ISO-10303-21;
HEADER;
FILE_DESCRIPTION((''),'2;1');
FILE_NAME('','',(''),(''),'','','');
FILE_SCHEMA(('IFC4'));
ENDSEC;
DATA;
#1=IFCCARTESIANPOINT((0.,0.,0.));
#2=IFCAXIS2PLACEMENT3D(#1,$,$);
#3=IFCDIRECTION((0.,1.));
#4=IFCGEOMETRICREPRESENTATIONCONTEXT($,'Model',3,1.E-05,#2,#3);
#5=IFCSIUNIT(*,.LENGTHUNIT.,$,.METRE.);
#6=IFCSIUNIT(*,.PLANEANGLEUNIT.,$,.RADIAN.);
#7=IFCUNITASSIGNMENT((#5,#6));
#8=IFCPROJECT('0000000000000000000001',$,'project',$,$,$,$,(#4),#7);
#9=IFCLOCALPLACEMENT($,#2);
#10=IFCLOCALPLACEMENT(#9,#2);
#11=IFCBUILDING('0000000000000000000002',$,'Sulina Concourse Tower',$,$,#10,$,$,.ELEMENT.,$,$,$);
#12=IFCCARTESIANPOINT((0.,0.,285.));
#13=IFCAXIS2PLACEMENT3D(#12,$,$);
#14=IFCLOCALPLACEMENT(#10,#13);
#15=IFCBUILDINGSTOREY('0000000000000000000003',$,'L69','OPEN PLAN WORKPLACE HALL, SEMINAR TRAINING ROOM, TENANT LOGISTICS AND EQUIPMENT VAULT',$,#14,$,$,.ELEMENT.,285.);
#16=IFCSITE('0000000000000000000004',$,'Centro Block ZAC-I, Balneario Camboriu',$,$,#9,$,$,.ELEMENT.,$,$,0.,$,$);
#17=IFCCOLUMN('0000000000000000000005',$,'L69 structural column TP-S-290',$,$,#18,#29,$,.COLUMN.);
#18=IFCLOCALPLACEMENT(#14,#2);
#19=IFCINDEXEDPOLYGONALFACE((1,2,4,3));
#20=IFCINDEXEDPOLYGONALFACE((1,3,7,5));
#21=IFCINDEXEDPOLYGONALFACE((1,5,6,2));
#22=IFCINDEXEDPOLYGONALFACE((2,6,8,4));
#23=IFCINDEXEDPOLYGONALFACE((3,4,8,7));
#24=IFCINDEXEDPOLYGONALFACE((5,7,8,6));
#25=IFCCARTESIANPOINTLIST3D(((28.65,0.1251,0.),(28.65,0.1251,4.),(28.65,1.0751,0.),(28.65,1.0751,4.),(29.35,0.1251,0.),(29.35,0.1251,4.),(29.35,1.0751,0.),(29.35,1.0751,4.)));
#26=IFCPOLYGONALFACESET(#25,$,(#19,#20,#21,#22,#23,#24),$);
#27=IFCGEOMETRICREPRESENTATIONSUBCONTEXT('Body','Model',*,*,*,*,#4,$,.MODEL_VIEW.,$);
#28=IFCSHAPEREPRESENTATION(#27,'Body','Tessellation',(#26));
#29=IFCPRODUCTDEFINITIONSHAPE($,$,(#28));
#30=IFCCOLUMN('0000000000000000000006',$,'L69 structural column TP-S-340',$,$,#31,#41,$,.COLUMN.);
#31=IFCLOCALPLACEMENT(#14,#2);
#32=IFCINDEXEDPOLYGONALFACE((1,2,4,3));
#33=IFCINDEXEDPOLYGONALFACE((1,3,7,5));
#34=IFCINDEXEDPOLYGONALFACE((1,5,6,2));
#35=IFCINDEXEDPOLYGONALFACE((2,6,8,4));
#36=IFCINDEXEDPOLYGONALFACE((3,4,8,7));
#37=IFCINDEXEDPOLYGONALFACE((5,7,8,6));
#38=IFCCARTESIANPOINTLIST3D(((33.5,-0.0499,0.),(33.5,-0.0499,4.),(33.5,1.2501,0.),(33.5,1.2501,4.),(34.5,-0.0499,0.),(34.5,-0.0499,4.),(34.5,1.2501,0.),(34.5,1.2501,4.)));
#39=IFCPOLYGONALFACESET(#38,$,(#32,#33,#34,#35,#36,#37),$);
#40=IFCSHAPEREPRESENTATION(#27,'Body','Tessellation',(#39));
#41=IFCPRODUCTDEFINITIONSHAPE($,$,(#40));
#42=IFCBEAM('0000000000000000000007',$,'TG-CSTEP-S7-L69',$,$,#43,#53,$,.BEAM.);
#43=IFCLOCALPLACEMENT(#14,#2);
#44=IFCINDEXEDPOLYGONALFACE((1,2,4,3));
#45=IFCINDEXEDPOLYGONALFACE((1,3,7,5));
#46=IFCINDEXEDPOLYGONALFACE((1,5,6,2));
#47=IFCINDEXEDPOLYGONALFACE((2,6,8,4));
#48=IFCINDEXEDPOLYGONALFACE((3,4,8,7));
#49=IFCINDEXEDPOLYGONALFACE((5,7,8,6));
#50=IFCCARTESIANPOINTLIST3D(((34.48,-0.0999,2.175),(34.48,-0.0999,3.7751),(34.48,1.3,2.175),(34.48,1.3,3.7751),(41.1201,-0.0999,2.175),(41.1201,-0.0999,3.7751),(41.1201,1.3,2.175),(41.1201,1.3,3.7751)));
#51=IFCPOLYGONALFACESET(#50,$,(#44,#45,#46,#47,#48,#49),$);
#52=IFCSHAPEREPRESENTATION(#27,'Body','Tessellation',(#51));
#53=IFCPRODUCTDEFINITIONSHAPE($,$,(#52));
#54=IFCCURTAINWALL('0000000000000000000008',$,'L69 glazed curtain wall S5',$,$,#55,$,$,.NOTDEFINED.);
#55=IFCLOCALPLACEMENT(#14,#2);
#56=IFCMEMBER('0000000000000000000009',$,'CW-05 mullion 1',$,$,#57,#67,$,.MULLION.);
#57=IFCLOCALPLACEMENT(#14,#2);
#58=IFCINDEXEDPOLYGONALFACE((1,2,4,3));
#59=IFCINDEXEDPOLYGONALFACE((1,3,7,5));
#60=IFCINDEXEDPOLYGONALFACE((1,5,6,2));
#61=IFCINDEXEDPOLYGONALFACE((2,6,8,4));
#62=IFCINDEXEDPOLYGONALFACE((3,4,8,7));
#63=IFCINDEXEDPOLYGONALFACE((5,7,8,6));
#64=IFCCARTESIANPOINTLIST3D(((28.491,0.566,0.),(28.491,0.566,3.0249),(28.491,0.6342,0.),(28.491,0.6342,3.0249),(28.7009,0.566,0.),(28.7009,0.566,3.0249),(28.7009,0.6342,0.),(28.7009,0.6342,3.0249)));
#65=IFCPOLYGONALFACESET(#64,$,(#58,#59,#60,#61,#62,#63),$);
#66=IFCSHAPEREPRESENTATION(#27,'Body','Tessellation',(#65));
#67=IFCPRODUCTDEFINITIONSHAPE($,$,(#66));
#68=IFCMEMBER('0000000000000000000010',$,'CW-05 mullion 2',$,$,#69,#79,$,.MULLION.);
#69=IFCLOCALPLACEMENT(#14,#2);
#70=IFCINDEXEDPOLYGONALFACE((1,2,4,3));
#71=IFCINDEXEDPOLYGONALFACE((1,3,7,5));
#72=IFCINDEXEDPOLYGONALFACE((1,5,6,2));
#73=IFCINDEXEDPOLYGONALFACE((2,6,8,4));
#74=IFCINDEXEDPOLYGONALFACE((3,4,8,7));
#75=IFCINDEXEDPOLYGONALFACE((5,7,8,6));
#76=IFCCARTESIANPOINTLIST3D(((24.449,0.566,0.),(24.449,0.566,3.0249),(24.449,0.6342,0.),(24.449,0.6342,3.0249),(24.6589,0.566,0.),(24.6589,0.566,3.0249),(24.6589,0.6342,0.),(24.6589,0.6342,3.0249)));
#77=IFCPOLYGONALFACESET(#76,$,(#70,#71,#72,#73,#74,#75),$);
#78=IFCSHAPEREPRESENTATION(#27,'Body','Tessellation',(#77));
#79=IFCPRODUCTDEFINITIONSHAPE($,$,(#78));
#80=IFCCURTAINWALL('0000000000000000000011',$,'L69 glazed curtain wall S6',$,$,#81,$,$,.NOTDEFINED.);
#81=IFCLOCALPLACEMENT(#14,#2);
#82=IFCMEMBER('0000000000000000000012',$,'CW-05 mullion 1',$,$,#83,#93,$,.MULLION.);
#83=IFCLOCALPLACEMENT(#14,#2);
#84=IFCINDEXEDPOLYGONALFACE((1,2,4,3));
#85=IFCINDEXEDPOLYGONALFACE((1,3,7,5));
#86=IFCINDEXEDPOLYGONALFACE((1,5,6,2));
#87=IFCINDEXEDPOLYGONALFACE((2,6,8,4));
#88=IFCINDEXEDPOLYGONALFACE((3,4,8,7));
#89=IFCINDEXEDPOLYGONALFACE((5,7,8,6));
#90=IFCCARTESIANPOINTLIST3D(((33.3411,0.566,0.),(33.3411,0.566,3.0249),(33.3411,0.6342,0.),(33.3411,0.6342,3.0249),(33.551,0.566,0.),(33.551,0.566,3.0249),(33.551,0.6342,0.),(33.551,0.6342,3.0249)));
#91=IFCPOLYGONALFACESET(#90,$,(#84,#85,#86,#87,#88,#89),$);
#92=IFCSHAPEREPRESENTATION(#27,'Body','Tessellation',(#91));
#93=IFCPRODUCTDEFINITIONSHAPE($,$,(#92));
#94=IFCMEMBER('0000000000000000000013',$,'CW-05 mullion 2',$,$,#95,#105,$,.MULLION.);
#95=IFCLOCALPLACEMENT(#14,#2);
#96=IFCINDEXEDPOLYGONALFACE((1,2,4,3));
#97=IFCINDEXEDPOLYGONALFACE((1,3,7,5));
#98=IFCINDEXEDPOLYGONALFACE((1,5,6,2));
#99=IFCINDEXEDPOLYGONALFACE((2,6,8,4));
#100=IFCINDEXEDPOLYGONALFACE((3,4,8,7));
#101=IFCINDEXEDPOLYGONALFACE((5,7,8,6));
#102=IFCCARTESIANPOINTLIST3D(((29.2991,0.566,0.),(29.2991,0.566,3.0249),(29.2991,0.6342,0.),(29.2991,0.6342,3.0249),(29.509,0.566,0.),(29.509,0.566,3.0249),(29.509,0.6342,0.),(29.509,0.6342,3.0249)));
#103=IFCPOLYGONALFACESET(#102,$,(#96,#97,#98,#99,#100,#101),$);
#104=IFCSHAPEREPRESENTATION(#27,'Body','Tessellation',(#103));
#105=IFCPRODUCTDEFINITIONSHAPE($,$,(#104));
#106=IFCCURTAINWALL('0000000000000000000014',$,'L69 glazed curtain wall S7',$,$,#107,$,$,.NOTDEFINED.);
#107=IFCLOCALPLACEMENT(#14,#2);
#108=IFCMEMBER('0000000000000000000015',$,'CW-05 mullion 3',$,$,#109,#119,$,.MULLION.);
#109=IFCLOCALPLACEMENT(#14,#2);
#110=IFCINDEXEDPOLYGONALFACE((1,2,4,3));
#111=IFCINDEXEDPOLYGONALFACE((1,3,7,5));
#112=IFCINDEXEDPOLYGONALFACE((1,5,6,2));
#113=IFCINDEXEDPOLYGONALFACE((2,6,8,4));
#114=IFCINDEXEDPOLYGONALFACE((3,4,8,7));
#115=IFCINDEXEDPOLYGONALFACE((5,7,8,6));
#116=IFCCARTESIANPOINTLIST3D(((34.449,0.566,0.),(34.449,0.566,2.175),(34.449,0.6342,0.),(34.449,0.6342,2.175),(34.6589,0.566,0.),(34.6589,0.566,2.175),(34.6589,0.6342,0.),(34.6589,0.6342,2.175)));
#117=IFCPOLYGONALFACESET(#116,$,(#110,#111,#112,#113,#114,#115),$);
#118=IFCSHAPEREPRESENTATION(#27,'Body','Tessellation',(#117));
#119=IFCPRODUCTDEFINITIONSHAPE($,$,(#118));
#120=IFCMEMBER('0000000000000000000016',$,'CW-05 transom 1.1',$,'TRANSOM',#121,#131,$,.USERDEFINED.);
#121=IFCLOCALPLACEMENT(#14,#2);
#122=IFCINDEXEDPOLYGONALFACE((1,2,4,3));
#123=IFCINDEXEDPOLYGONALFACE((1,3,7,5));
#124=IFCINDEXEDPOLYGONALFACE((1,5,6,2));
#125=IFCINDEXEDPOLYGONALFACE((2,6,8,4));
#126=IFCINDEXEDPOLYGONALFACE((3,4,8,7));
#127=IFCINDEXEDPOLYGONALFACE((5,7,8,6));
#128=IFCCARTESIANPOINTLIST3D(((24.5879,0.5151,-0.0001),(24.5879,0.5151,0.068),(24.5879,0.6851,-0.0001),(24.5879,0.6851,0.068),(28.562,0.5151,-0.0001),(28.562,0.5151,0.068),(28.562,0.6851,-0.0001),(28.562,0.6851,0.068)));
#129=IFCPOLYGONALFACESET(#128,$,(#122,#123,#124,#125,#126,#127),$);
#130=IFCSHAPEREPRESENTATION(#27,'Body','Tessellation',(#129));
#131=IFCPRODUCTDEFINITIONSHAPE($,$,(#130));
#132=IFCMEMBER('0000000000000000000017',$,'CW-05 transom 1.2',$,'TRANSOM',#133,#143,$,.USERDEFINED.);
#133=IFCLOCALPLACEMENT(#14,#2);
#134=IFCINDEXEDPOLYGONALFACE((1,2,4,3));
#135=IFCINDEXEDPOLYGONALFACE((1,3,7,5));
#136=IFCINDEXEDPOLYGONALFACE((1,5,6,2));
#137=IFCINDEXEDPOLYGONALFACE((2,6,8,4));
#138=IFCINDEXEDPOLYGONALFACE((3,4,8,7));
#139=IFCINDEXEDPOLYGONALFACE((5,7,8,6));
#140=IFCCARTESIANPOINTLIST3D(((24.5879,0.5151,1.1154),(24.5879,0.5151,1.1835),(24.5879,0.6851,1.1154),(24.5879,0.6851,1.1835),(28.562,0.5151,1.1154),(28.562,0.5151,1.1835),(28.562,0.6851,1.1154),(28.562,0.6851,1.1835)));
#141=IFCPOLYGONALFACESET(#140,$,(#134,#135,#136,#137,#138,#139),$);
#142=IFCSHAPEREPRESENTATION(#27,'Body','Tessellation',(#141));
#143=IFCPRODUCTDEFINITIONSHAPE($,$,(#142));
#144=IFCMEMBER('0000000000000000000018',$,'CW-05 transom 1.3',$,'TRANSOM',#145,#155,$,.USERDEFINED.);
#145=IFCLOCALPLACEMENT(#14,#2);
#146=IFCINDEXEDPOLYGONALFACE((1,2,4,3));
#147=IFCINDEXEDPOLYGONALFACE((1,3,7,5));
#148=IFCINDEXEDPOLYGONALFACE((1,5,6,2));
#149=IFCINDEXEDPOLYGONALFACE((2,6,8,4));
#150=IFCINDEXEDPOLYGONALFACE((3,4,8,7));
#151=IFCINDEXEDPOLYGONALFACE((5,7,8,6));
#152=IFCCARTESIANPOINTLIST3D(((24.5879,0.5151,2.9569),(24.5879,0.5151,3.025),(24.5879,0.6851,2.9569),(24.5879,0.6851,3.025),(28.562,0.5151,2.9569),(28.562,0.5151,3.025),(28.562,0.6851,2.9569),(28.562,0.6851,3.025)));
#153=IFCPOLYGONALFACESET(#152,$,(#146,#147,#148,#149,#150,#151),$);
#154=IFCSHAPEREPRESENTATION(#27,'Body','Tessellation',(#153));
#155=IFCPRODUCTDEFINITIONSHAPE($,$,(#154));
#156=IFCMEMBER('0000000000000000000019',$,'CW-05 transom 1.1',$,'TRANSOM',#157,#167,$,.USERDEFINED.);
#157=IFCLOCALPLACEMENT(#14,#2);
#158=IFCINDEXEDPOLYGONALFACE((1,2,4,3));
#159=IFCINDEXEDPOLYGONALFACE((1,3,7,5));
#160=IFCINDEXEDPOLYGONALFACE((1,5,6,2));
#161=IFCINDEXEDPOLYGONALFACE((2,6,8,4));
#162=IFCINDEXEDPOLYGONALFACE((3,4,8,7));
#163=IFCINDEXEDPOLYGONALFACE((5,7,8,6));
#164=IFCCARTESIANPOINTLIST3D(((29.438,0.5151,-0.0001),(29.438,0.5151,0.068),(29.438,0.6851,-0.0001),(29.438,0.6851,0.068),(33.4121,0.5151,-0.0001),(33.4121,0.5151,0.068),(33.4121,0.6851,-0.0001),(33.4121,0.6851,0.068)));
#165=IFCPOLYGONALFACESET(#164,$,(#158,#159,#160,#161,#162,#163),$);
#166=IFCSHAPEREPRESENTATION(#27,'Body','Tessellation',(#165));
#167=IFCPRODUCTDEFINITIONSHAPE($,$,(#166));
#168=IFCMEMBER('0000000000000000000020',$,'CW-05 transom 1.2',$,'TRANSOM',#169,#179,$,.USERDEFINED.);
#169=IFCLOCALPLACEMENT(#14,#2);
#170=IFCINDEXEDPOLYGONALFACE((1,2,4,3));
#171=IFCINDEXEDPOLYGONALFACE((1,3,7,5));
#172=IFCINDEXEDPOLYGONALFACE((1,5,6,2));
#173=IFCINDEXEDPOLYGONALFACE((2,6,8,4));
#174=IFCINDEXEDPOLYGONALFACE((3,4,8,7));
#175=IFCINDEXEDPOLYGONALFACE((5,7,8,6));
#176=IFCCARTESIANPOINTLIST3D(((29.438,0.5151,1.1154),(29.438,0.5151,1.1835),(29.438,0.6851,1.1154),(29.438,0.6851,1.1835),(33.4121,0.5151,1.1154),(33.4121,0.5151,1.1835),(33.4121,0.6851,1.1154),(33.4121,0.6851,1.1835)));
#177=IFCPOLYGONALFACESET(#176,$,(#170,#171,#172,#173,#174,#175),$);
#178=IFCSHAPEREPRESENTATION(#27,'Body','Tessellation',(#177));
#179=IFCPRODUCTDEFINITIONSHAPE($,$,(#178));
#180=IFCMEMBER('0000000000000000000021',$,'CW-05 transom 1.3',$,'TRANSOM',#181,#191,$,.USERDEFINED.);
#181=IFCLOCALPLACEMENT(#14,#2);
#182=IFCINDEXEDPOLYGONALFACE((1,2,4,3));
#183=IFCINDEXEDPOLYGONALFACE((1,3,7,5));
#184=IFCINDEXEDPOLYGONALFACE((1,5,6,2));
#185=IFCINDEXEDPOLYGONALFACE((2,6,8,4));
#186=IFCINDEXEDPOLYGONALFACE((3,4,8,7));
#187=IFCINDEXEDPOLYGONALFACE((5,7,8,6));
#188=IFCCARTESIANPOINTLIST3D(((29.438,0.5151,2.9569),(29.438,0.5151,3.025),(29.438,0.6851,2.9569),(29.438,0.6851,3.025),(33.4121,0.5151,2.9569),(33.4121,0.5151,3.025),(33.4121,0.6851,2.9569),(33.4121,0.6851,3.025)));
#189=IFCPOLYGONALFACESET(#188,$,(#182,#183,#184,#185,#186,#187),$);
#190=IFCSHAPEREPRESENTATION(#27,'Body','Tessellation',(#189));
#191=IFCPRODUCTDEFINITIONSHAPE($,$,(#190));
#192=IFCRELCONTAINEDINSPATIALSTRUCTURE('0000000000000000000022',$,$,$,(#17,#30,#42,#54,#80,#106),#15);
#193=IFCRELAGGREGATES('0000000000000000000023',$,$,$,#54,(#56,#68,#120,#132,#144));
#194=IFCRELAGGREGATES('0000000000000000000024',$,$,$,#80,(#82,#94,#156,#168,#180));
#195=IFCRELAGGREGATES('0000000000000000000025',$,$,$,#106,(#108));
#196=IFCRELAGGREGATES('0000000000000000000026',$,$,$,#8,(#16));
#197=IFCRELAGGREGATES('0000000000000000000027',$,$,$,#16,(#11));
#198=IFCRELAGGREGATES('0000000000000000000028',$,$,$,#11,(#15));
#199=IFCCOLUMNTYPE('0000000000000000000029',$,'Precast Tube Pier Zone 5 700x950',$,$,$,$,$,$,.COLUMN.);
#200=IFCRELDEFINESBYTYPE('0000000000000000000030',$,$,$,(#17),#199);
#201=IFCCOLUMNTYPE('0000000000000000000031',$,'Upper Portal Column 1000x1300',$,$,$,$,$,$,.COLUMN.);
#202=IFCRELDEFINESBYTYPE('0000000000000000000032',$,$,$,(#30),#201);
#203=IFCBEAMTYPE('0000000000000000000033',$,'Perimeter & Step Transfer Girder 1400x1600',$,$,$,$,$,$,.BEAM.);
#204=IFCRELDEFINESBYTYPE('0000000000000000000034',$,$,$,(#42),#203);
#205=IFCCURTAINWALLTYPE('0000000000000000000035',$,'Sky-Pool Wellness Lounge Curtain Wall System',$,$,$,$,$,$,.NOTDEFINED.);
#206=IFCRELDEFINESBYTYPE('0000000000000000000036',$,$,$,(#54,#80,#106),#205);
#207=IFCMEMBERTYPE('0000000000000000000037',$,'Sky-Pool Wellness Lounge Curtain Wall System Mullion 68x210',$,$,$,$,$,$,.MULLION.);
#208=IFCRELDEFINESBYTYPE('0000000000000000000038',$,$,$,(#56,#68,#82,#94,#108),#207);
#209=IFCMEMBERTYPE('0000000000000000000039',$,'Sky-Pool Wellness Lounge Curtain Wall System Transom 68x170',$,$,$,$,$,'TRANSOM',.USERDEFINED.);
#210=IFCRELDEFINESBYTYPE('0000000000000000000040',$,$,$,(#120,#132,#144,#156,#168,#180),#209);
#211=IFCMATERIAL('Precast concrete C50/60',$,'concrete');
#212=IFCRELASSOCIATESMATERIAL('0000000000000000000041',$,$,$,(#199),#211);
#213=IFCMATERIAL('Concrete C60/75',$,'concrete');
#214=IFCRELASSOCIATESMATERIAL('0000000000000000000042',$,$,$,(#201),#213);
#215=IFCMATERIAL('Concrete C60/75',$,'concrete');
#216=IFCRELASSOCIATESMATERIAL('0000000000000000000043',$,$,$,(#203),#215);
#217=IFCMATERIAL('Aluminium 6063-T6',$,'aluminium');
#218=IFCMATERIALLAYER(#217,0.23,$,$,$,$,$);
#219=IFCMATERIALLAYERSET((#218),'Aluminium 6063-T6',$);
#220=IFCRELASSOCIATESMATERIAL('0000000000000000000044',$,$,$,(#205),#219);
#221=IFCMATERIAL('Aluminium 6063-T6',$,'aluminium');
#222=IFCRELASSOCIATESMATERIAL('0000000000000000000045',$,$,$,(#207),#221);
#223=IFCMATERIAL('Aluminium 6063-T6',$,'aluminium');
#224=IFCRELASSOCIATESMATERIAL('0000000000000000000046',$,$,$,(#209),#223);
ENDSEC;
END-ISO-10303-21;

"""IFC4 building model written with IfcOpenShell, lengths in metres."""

from ifc_helpers import new_model, si_unit, direction, frame, origin, origin_2d, place, context, subcontext, project, spatial, rectangle, extrude, material, layer, layer_set, material_profile, profile_set, type_object, element, aggregate, save


model = new_model("IFC4")

# Units and contexts
model_context = context("Model", 3, precision=1e-05, world=origin(), true_north=direction((0.0, 1.0)))
body_context = subcontext(model_context, "Body", "Model", "MODEL_VIEW")
ifc_project = project(units=[si_unit("LENGTHUNIT", "METRE"), si_unit("PLANEANGLEUNIT", "RADIAN")], contexts=[model_context])

# Site, building, storey
site_placement = place(None, origin())
site = spatial("IfcSite", under=ifc_project, at=site_placement, Name="Centro Block ZAC-I, Balneario Camboriu", CompositionType="ELEMENT", RefElevation=0.0)
building_placement = place(site_placement, origin())
building = spatial("IfcBuilding", under=site, at=building_placement, Name="Sulina Concourse Tower", CompositionType="ELEMENT")
storey_placement = place(building_placement, frame((0.0, 0.0, 285.0)))
storey = spatial("IfcBuildingStorey", under=building, at=storey_placement, Name="L69", Description="OPEN PLAN WORKPLACE HALL, SEMINAR TRAINING ROOM, TENANT LOGISTICS AND EQUIPMENT VAULT", CompositionType="ELEMENT", Elevation=285.0)

# Columns
ifc_material_1 = material(Name="Precast concrete C50/60", Category="concrete")
ifc_material_profile_1 = material_profile(ifc_material_1, rectangle(XDim=0.7, YDim=0.95, at=origin_2d()), Name="PC 700x950")
ifc_profile_set_1 = profile_set([ifc_material_profile_1], Name="Precast concrete C50/60")
column_type_1 = type_object("IfcColumnType", Name="Precast Tube Pier Zone 5 700x950", PredefinedType="COLUMN", material=ifc_profile_set_1)
column_1_placement = place(storey_placement, frame((29.0, 0.6001, 0.0), z_axis=(0.0, 0.0, 1.0), x_axis=(1.0, 0.0, 0.0)))
element("IfcColumn", 1, at=column_1_placement, inside=storey, type_object=column_type_1, Name="L69 structural column TP-S-290", PredefinedType="COLUMN", context=body_context, shape_type="SweptSolid", body=[
    extrude(rectangle(XDim=0.7, YDim=0.95, at=origin_2d()), origin(), (0.0, 0.0, 1.0), 4.0),
])
ifc_material_2 = material(Name="Concrete C60/75", Category="concrete")
ifc_material_profile_2 = material_profile(ifc_material_2, rectangle(XDim=1.0, YDim=1.3, at=origin_2d()), Name="RC 1000x1300")
ifc_profile_set_2 = profile_set([ifc_material_profile_2], Name="Concrete C60/75")
column_type_2 = type_object("IfcColumnType", Name="Upper Portal Column 1000x1300", PredefinedType="COLUMN", material=ifc_profile_set_2)
column_2_placement = place(storey_placement, frame((34.0, 0.6001, 0.0), z_axis=(0.0, 0.0, 1.0), x_axis=(1.0, 0.0, 0.0)))
element("IfcColumn", 2, at=column_2_placement, inside=storey, type_object=column_type_2, Name="L69 structural column TP-S-340", PredefinedType="COLUMN", context=body_context, shape_type="SweptSolid", body=[
    extrude(rectangle(XDim=1.0, YDim=1.3, at=origin_2d()), origin(), (0.0, 0.0, 1.0), 4.0),
])

# Beam
ifc_material_3 = material(Name="Concrete C60/75", Category="concrete")
ifc_material_profile_3 = material_profile(ifc_material_3, rectangle(XDim=1.3999, YDim=1.6001, at=origin_2d()), Name="RC 1400x1600")
ifc_profile_set_3 = profile_set([ifc_material_profile_3], Name="Concrete C60/75")
beam_type_1 = type_object("IfcBeamType", Name="Perimeter & Step Transfer Girder 1400x1600", PredefinedType="BEAM", material=ifc_profile_set_3)
beam_1_placement = place(storey_placement, frame((34.48, 0.6001, 2.9751), z_axis=(1.0, 0.0, 0.0), x_axis=(0.0, 1.0, 0.0)))
element("IfcBeam", 3, at=beam_1_placement, inside=storey, type_object=beam_type_1, Name="TG-CSTEP-S7-L69", PredefinedType="BEAM", context=body_context, shape_type="SweptSolid", body=[
    extrude(rectangle(XDim=1.3999, YDim=1.6001, at=origin_2d()), origin(), (0.0, 0.0, 1.0), 6.6401),
])

# Curtain walls, members
ifc_material_4 = material(Name="Aluminium 6063-T6", Category="aluminium")
ifc_layer_1 = layer(ifc_material_4, 0.23)
ifc_layer_set_1 = layer_set([ifc_layer_1], Name="Aluminium 6063-T6")
curtain_wall_type = type_object("IfcCurtainWallType", Name="Sky-Pool Wellness Lounge Curtain Wall System", PredefinedType="NOTDEFINED", material=ifc_layer_set_1)
curtain_wall_1_placement = place(storey_placement, origin())
curtain_wall_1 = element("IfcCurtainWall", 4, at=curtain_wall_1_placement, inside=storey, type_object=curtain_wall_type, Name="L69 glazed curtain wall S5", PredefinedType="NOTDEFINED")
ifc_material_5 = material(Name="Aluminium 6063-T6", Category="aluminium")
ifc_material_profile_4 = material_profile(ifc_material_5, rectangle(XDim=0.0681, YDim=0.21, at=origin_2d()), Name="MUL 68x210")
ifc_profile_set_4 = profile_set([ifc_material_profile_4], Name="Aluminium 6063-T6")
member_type_1 = type_object("IfcMemberType", Name="Sky-Pool Wellness Lounge Curtain Wall System Mullion 68x210", PredefinedType="MULLION", material=ifc_profile_set_4)
member_1_placement = place(storey_placement, frame((28.5959, 0.6001, 0.0), z_axis=(0.0, 0.0, 1.0), x_axis=(0.0, -1.0, 0.0)))
member_1 = element("IfcMember", 5, at=member_1_placement, type_object=member_type_1, Name="CW-05 mullion 1", PredefinedType="MULLION", context=body_context, shape_type="SweptSolid", body=[
    extrude(rectangle(XDim=0.0681, YDim=0.21, at=origin_2d()), origin(), (0.0, 0.0, 1.0), 3.0249),
])
member_2_placement = place(storey_placement, frame((24.554, 0.6001, 0.0), z_axis=(0.0, 0.0, 1.0), x_axis=(0.0, -1.0, 0.0)))
member_2 = element("IfcMember", 6, at=member_2_placement, type_object=member_type_1, Name="CW-05 mullion 2", PredefinedType="MULLION", context=body_context, shape_type="SweptSolid", body=[
    extrude(rectangle(XDim=0.0681, YDim=0.21, at=origin_2d()), origin(), (0.0, 0.0, 1.0), 3.0249),
])
curtain_wall_2_placement = place(storey_placement, origin())
curtain_wall_2 = element("IfcCurtainWall", 7, at=curtain_wall_2_placement, inside=storey, type_object=curtain_wall_type, Name="L69 glazed curtain wall S6", PredefinedType="NOTDEFINED")
member_3_placement = place(storey_placement, frame((33.446, 0.6001, 0.0), z_axis=(0.0, 0.0, 1.0), x_axis=(0.0, -1.0, 0.0)))
member_3 = element("IfcMember", 8, at=member_3_placement, type_object=member_type_1, Name="CW-05 mullion 1", PredefinedType="MULLION", context=body_context, shape_type="SweptSolid", body=[
    extrude(rectangle(XDim=0.0681, YDim=0.21, at=origin_2d()), origin(), (0.0, 0.0, 1.0), 3.0249),
])
member_4_placement = place(storey_placement, frame((29.4041, 0.6001, 0.0), z_axis=(0.0, 0.0, 1.0), x_axis=(0.0, -1.0, 0.0)))
member_4 = element("IfcMember", 9, at=member_4_placement, type_object=member_type_1, Name="CW-05 mullion 2", PredefinedType="MULLION", context=body_context, shape_type="SweptSolid", body=[
    extrude(rectangle(XDim=0.0681, YDim=0.21, at=origin_2d()), origin(), (0.0, 0.0, 1.0), 3.0249),
])

# Curtain wall, member
curtain_wall_3_placement = place(storey_placement, origin())
curtain_wall_3 = element("IfcCurtainWall", 10, at=curtain_wall_3_placement, inside=storey, type_object=curtain_wall_type, Name="L69 glazed curtain wall S7", PredefinedType="NOTDEFINED")
member_5_placement = place(storey_placement, frame((34.554, 0.6001, 0.0), z_axis=(0.0, 0.0, 1.0), x_axis=(0.0, -1.0, 0.0)))
member_5 = element("IfcMember", 11, at=member_5_placement, type_object=member_type_1, Name="CW-05 mullion 3", PredefinedType="MULLION", context=body_context, shape_type="SweptSolid", body=[
    extrude(rectangle(XDim=0.0681, YDim=0.21, at=origin_2d()), origin(), (0.0, 0.0, 1.0), 2.175),
])

# Members
ifc_material_6 = material(Name="Aluminium 6063-T6", Category="aluminium")
ifc_material_profile_5 = material_profile(ifc_material_6, rectangle(XDim=0.1699, YDim=0.0681, at=origin_2d()), Name="TRN 68x170")
ifc_profile_set_5 = profile_set([ifc_material_profile_5], Name="Aluminium 6063-T6")
member_type_2 = type_object("IfcMemberType", Name="Sky-Pool Wellness Lounge Curtain Wall System Transom 68x170", ElementType="TRANSOM", PredefinedType="USERDEFINED", material=ifc_profile_set_5)
member_6_placement = place(storey_placement, frame((28.562, 0.6001, 0.0339), z_axis=(-1.0, 0.0, 0.0), x_axis=(0.0, -1.0, 0.0)))
member_6 = element("IfcMember", 12, at=member_6_placement, type_object=member_type_2, Name="CW-05 transom 1.1", ObjectType="TRANSOM", PredefinedType="USERDEFINED", context=body_context, shape_type="SweptSolid", body=[
    extrude(rectangle(XDim=0.1699, YDim=0.0681, at=origin_2d()), origin(), (0.0, 0.0, 1.0), 3.9741),
])
member_7_placement = place(storey_placement, frame((28.562, 0.6001, 1.1494), z_axis=(-1.0, 0.0, 0.0), x_axis=(0.0, -1.0, 0.0)))
member_7 = element("IfcMember", 13, at=member_7_placement, type_object=member_type_2, Name="CW-05 transom 1.2", ObjectType="TRANSOM", PredefinedType="USERDEFINED", context=body_context, shape_type="SweptSolid", body=[
    extrude(rectangle(XDim=0.1699, YDim=0.0681, at=origin_2d()), origin(), (0.0, 0.0, 1.0), 3.9741),
])
member_8_placement = place(storey_placement, frame((28.562, 0.6001, 2.991), z_axis=(-1.0, 0.0, 0.0), x_axis=(0.0, -1.0, 0.0)))
member_8 = element("IfcMember", 14, at=member_8_placement, type_object=member_type_2, Name="CW-05 transom 1.3", ObjectType="TRANSOM", PredefinedType="USERDEFINED", context=body_context, shape_type="SweptSolid", body=[
    extrude(rectangle(XDim=0.1699, YDim=0.0681, at=origin_2d()), origin(), (0.0, 0.0, 1.0), 3.9741),
])
member_9_placement = place(storey_placement, frame((33.4121, 0.6001, 0.0339), z_axis=(-1.0, 0.0, 0.0), x_axis=(0.0, -1.0, 0.0)))
member_9 = element("IfcMember", 15, at=member_9_placement, type_object=member_type_2, Name="CW-05 transom 1.1", ObjectType="TRANSOM", PredefinedType="USERDEFINED", context=body_context, shape_type="SweptSolid", body=[
    extrude(rectangle(XDim=0.1699, YDim=0.0681, at=origin_2d()), origin(), (0.0, 0.0, 1.0), 3.9741),
])
member_10_placement = place(storey_placement, frame((33.4121, 0.6001, 1.1494), z_axis=(-1.0, 0.0, 0.0), x_axis=(0.0, -1.0, 0.0)))
member_10 = element("IfcMember", 16, at=member_10_placement, type_object=member_type_2, Name="CW-05 transom 1.2", ObjectType="TRANSOM", PredefinedType="USERDEFINED", context=body_context, shape_type="SweptSolid", body=[
    extrude(rectangle(XDim=0.1699, YDim=0.0681, at=origin_2d()), origin(), (0.0, 0.0, 1.0), 3.9741),
])
member_11_placement = place(storey_placement, frame((33.4121, 0.6001, 2.991), z_axis=(-1.0, 0.0, 0.0), x_axis=(0.0, -1.0, 0.0)))
member_11 = element("IfcMember", 17, at=member_11_placement, type_object=member_type_2, Name="CW-05 transom 1.3", ObjectType="TRANSOM", PredefinedType="USERDEFINED", context=body_context, shape_type="SweptSolid", body=[
    extrude(rectangle(XDim=0.1699, YDim=0.0681, at=origin_2d()), origin(), (0.0, 0.0, 1.0), 3.9741),
])

aggregate(curtain_wall_1, [member_1, member_2, member_6, member_7, member_8])
aggregate(curtain_wall_2, [member_3, member_4, member_9, member_10, member_11])
aggregate(curtain_wall_3, [member_5])

save(model, "model.ifc")
